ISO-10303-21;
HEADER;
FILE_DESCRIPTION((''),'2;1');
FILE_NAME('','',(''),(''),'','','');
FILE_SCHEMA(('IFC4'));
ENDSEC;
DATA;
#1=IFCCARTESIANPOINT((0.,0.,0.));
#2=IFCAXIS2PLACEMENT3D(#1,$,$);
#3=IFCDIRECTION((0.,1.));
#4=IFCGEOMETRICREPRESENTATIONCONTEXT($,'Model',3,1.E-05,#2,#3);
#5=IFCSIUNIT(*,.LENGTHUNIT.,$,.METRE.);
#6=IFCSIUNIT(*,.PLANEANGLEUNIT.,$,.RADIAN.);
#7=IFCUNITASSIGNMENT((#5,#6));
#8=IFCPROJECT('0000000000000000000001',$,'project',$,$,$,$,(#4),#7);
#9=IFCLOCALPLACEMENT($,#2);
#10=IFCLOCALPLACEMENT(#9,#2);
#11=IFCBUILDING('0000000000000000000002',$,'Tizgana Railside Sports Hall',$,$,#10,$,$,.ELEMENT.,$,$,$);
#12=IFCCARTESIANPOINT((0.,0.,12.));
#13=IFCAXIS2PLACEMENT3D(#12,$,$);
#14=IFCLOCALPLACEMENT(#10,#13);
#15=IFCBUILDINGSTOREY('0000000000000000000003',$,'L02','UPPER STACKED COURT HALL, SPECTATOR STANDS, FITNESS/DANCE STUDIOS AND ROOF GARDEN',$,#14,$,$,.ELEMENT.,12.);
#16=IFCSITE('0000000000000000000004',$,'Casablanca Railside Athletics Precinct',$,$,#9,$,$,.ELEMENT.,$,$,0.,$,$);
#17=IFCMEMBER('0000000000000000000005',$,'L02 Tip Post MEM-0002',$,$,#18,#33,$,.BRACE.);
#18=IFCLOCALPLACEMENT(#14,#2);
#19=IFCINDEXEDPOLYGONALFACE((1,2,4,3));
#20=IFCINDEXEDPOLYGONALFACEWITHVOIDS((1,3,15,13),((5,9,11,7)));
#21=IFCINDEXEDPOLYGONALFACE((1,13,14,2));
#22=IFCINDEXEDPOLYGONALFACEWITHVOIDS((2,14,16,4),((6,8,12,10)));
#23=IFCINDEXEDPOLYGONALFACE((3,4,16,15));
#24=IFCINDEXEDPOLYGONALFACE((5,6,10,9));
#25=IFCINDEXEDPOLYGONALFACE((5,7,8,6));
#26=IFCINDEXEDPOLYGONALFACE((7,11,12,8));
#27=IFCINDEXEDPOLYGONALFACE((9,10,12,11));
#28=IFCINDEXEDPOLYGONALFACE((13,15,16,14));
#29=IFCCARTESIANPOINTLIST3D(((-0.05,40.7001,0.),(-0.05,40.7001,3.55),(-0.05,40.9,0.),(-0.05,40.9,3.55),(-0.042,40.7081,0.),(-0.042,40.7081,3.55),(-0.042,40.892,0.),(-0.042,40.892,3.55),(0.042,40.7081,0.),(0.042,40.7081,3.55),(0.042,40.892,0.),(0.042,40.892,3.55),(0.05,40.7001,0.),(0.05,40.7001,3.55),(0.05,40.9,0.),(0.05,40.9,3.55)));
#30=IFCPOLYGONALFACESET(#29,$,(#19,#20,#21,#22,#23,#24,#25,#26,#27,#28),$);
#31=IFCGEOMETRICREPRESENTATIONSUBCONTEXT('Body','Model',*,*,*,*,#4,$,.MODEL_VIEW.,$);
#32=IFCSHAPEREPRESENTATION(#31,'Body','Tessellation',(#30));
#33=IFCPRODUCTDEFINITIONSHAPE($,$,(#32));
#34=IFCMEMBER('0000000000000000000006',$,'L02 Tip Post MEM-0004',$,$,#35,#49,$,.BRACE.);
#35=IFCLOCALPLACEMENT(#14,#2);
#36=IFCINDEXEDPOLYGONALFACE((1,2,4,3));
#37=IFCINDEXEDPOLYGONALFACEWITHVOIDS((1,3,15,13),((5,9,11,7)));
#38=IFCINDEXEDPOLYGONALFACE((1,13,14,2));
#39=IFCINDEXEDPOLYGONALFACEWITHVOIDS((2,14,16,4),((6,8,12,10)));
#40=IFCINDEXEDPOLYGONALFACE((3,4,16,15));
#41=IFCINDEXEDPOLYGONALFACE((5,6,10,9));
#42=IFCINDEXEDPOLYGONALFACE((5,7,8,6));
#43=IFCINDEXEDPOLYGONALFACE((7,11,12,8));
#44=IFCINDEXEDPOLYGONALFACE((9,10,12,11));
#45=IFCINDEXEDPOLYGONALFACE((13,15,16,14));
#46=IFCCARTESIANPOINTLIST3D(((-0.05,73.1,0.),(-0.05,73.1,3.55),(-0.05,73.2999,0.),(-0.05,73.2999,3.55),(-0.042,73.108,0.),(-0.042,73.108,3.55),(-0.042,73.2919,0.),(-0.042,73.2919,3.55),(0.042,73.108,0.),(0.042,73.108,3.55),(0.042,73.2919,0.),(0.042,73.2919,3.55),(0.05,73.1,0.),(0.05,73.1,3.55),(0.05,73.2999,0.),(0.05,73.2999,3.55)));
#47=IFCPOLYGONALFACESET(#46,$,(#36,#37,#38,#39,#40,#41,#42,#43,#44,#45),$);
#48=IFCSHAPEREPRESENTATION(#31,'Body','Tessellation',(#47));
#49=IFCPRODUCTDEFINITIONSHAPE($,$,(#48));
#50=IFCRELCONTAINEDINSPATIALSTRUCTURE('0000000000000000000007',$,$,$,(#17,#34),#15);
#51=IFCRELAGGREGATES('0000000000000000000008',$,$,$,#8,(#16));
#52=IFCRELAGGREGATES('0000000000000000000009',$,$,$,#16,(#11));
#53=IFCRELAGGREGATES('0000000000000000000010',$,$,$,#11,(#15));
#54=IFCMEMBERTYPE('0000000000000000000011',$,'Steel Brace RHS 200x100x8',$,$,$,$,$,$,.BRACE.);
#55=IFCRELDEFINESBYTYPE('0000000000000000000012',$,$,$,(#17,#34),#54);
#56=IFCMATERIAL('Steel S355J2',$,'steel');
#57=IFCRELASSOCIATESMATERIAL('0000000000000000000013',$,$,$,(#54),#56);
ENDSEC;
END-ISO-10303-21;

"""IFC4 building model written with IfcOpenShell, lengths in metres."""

from ifc_helpers import new_model, si_unit, direction, frame, origin, origin_2d, place, context, subcontext, project, spatial, hollow_rectangle, extrude, material, material_profile, profile_set, type_object, element, save


model = new_model("IFC4")

# Units and contexts
model_context = context("Model", 3, precision=1e-05, world=origin(), true_north=direction((0.0, 1.0)))
body_context = subcontext(model_context, "Body", "Model", "MODEL_VIEW")
ifc_project = project(units=[si_unit("LENGTHUNIT", "METRE"), si_unit("PLANEANGLEUNIT", "RADIAN")], contexts=[model_context])

# Site, building, storey
site_placement = place(None, origin())
site = spatial("IfcSite", under=ifc_project, at=site_placement, Name="Casablanca Railside Athletics Precinct", CompositionType="ELEMENT", RefElevation=0.0)
building_placement = place(site_placement, origin())
building = spatial("IfcBuilding", under=site, at=building_placement, Name="Tizgana Railside Sports Hall", CompositionType="ELEMENT")
storey_placement = place(building_placement, frame((0.0, 0.0, 12.0)))
storey = spatial("IfcBuildingStorey", under=building, at=storey_placement, Name="L02", Description="UPPER STACKED COURT HALL, SPECTATOR STANDS, FITNESS/DANCE STUDIOS AND ROOF GARDEN", CompositionType="ELEMENT", Elevation=12.0)

# Members
ifc_material_1 = material(Name="Steel S355J2", Category="steel")
ifc_material_profile_1 = material_profile(ifc_material_1, hollow_rectangle(XDim=0.1001, YDim=0.2, WallThickness=0.0081, at=origin_2d()), Name="RHS 200x100x8")
ifc_profile_set_1 = profile_set([ifc_material_profile_1], Name="Steel S355J2")
member_type = type_object("IfcMemberType", Name="Steel Brace RHS 200x100x8", PredefinedType="BRACE", material=ifc_profile_set_1)
for number, where, z_axis, x_axis, name in (
    (1, (0.0, 40.8, 0.0), (0.0, 0.0, 1.0), (1.0, 0.0, 0.0), "L02 Tip Post MEM-0002"),
    (2, (0.0, 73.2, 0.0), (0.0, 0.0, 1.0), (1.0, 0.0, 0.0), "L02 Tip Post MEM-0004"),
):
    element("IfcMember", number, at=place(storey_placement, frame(where, z_axis=z_axis, x_axis=x_axis)), inside=storey, type_object=member_type, Name=name, PredefinedType="BRACE", context=body_context, shape_type="SweptSolid", body=[
        extrude(hollow_rectangle(XDim=0.1001, YDim=0.2, WallThickness=0.0081, at=origin_2d()), origin(), (0.0, 0.0, 1.0), 3.55),
    ])

save(model, "model.ifc")
